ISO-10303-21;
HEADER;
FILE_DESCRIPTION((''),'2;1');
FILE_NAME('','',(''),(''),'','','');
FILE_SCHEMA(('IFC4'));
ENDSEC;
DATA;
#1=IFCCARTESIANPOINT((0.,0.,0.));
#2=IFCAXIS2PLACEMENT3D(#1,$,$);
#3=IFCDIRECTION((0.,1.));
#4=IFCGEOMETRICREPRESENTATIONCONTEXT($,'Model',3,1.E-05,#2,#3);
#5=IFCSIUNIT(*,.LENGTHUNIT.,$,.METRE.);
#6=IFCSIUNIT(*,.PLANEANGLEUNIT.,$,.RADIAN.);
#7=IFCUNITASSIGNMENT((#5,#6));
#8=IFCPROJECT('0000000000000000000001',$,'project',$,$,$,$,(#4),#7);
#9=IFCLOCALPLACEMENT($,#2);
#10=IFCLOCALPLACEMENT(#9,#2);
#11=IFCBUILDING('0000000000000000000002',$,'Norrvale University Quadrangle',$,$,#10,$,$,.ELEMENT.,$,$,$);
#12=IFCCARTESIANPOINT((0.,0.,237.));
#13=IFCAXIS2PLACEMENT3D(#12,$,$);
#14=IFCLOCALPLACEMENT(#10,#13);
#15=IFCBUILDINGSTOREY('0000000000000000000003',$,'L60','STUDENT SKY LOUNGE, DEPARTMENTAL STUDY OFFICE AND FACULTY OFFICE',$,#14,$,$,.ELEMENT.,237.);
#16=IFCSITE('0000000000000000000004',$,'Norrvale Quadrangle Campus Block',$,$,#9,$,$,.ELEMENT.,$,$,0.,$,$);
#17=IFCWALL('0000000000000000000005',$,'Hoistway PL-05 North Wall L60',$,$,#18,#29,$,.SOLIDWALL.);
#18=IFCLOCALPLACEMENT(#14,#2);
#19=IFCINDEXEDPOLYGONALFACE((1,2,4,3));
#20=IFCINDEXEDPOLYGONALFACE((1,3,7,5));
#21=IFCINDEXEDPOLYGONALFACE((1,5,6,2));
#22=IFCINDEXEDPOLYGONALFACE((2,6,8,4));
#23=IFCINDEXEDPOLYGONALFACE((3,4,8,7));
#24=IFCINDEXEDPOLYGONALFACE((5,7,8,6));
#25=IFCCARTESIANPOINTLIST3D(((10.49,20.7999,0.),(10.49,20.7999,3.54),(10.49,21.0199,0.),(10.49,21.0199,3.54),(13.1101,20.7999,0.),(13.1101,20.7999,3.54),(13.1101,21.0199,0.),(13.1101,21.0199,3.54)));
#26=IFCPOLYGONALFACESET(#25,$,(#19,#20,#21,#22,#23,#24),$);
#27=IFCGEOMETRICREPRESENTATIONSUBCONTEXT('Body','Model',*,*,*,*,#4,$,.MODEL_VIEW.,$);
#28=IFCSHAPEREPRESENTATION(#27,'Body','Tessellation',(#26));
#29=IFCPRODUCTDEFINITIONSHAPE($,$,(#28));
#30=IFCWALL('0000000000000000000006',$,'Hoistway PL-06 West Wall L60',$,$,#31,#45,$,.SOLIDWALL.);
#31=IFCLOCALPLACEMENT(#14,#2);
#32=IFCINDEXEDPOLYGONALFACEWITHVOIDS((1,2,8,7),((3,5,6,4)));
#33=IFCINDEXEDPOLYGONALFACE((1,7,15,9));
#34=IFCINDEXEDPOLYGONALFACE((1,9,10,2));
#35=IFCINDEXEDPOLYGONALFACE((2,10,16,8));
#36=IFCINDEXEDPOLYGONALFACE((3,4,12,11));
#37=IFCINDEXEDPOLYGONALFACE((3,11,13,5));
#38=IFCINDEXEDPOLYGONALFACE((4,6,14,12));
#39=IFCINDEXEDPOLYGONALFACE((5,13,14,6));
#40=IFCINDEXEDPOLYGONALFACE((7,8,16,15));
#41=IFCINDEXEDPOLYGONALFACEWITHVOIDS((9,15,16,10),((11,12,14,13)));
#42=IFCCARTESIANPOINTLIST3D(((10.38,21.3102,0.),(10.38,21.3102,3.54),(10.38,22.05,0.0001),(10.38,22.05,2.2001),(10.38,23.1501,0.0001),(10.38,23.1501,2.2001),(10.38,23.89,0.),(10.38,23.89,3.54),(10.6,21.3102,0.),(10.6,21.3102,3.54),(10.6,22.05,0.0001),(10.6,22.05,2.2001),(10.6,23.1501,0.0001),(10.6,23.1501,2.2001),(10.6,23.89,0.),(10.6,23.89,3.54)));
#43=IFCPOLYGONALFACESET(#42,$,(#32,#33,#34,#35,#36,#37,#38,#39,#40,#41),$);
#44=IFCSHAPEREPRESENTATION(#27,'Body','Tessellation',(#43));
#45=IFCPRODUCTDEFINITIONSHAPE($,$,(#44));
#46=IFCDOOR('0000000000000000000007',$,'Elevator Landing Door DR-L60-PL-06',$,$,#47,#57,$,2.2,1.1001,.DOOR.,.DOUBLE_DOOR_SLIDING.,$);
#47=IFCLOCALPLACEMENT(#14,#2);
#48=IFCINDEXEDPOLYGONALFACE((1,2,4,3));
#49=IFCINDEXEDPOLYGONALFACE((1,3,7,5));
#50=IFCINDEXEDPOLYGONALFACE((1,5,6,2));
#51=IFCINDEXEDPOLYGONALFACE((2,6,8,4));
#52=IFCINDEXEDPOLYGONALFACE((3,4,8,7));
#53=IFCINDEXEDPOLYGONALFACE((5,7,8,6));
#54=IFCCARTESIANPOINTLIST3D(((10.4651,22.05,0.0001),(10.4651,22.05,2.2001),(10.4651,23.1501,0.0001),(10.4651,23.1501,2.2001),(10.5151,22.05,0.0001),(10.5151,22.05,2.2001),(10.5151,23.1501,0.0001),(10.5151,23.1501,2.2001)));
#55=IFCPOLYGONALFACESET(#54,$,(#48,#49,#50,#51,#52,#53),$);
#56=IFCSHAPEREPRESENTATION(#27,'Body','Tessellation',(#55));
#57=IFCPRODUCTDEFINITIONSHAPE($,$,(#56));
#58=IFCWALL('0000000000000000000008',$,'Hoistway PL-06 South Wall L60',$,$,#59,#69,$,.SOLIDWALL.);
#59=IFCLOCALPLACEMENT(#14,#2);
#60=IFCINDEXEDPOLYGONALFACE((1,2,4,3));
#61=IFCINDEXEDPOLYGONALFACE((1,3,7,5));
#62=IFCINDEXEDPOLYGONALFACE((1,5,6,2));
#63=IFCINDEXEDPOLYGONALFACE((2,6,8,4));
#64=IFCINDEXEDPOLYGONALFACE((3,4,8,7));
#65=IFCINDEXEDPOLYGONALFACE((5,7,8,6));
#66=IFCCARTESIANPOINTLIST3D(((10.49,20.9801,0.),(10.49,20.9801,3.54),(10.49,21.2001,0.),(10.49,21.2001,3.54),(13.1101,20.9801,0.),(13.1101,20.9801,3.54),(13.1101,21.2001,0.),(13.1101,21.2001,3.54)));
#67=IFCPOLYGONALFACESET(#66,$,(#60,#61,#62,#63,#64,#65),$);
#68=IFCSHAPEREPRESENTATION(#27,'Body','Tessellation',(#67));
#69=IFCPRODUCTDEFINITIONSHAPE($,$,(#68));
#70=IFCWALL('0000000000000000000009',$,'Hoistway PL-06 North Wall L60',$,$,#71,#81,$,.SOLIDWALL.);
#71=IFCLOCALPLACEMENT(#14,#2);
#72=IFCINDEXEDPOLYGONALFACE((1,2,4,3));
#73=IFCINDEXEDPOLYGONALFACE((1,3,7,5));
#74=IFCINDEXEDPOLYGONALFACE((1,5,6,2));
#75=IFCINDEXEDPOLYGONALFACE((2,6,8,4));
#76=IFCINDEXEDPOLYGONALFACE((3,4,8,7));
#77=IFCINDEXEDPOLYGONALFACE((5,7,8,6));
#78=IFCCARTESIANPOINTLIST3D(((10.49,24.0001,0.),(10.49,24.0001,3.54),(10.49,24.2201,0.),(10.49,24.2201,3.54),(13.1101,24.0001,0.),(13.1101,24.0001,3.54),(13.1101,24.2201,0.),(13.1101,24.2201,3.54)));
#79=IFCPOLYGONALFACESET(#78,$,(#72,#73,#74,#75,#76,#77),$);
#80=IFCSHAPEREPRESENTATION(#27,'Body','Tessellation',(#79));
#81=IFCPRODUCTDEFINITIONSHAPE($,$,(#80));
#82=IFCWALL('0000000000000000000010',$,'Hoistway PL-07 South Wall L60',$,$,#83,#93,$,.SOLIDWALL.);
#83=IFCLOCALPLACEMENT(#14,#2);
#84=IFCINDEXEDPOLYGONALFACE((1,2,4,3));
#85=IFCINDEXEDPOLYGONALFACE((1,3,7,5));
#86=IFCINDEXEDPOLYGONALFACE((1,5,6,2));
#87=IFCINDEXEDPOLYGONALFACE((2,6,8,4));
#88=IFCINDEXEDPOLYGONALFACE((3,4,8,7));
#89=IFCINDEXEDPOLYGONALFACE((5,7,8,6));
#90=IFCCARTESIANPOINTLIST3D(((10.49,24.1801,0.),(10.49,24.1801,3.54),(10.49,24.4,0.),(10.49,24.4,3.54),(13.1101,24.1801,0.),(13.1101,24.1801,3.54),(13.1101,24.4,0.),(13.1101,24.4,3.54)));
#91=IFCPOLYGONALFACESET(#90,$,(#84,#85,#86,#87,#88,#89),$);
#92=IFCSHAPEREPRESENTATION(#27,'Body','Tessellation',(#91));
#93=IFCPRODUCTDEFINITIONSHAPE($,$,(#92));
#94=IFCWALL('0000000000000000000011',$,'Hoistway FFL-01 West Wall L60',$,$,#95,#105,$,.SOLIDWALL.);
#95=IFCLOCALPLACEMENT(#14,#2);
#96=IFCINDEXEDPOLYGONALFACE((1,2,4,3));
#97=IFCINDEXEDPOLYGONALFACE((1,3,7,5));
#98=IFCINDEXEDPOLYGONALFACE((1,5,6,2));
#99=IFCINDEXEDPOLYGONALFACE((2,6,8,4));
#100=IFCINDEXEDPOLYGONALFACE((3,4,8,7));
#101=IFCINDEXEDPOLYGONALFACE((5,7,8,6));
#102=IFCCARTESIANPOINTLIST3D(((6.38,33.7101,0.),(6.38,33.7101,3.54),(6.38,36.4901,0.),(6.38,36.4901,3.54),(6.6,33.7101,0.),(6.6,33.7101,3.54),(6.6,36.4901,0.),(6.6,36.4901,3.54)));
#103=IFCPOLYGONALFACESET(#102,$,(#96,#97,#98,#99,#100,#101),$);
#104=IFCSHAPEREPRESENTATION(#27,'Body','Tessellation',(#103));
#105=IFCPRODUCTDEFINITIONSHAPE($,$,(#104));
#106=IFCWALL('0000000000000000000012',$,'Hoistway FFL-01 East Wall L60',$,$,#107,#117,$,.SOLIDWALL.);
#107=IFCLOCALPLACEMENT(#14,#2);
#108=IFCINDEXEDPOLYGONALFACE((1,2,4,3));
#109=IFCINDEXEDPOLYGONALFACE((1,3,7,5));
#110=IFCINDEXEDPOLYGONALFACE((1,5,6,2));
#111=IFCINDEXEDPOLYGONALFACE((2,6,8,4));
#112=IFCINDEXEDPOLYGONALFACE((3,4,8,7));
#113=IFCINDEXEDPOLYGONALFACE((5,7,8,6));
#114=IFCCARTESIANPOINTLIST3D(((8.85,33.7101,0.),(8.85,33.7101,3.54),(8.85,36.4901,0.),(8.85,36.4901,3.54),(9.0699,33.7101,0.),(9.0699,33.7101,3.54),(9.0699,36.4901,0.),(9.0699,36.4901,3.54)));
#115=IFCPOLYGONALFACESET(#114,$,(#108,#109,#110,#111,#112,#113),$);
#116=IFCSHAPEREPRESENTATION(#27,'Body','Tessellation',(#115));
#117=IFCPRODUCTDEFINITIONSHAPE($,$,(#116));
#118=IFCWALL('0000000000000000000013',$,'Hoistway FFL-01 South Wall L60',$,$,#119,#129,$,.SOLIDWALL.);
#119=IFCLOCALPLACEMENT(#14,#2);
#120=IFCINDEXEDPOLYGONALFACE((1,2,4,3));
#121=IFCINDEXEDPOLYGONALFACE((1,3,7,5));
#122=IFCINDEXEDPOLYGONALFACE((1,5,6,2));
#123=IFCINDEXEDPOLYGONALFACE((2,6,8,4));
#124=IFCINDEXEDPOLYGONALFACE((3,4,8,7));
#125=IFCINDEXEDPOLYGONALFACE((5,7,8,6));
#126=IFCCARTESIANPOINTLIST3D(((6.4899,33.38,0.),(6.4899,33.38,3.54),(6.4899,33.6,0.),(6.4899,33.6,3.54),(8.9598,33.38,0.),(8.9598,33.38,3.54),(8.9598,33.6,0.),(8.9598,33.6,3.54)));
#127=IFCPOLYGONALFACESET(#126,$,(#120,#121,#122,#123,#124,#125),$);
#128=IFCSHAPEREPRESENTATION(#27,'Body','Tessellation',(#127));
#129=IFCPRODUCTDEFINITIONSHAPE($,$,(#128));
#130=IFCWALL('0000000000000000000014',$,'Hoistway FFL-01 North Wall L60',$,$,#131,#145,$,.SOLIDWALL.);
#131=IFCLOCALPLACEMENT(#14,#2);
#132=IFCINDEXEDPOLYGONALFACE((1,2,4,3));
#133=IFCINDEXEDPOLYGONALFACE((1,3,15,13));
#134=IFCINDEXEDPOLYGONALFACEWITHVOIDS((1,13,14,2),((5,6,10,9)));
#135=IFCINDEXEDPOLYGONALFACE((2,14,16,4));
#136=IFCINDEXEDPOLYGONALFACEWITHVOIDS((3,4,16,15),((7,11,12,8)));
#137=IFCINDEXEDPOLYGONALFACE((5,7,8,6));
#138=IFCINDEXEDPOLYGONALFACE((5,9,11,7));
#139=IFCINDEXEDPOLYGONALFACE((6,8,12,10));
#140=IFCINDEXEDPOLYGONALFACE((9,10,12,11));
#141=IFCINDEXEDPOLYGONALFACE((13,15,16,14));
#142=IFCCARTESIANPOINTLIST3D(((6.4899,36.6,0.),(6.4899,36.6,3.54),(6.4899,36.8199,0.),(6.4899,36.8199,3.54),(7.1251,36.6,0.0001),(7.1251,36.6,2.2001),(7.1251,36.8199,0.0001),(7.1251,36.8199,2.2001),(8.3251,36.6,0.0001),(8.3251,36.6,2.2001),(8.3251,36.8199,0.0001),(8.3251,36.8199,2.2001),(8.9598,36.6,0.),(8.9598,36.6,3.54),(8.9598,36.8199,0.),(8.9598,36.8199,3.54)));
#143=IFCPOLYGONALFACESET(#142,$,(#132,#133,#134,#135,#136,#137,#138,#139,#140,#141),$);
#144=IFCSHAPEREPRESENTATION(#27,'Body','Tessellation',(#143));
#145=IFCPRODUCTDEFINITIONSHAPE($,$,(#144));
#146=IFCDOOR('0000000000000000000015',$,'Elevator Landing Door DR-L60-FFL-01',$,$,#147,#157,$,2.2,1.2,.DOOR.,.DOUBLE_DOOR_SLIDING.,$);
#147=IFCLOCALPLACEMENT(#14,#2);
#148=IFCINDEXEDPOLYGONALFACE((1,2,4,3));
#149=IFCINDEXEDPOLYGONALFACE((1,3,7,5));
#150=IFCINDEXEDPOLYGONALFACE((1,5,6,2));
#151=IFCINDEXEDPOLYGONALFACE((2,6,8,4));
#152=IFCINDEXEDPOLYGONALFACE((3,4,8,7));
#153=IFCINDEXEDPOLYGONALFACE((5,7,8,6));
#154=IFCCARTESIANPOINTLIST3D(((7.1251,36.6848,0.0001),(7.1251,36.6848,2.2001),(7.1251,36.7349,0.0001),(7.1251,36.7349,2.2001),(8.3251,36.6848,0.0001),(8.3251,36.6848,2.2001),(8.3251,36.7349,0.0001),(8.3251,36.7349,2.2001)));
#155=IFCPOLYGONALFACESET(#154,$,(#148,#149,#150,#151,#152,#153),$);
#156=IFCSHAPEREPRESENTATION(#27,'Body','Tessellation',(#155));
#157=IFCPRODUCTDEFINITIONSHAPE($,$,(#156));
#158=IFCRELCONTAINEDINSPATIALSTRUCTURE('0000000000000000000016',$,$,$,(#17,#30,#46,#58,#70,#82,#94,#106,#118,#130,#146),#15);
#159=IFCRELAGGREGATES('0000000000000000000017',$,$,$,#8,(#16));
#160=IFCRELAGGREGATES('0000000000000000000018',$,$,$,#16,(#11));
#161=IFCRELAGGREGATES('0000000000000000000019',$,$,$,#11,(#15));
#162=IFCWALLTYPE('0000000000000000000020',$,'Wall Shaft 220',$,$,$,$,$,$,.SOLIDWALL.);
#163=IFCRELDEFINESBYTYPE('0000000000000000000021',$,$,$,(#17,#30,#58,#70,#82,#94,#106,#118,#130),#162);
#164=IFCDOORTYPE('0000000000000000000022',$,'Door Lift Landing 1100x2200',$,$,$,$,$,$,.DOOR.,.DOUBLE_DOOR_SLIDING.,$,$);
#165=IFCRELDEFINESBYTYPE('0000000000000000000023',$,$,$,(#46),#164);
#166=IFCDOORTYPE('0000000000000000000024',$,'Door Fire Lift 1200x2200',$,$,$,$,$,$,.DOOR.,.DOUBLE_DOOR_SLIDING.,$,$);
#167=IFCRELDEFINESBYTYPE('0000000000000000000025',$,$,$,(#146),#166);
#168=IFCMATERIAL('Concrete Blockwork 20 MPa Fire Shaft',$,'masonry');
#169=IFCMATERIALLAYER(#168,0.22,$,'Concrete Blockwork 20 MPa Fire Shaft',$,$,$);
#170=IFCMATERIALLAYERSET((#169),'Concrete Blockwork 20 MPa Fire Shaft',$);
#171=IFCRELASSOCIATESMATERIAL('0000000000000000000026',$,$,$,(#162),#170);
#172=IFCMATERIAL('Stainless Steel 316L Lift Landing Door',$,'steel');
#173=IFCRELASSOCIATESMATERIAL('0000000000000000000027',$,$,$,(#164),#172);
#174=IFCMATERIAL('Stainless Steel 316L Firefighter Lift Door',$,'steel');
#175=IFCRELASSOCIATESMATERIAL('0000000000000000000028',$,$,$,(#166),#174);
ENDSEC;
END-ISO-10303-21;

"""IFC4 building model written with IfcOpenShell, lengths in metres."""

from ifc_helpers import new_model, si_unit, direction, frame, frame_2d, origin, place, context, subcontext, project, spatial, rectangle, extrude, material, layer, layer_set, type_object, element, fill, save


model = new_model("IFC4")

# Units and contexts
model_context = context("Model", 3, precision=1e-05, world=origin(), true_north=direction((0.0, 1.0)))
body_context = subcontext(model_context, "Body", "Model", "MODEL_VIEW")
ifc_project = project(units=[si_unit("LENGTHUNIT", "METRE"), si_unit("PLANEANGLEUNIT", "RADIAN")], contexts=[model_context])

# Site, building, storey
site_placement = place(None, origin())
site = spatial("IfcSite", under=ifc_project, at=site_placement, Name="Norrvale Quadrangle Campus Block", CompositionType="ELEMENT", RefElevation=0.0)
building_placement = place(site_placement, origin())
building = spatial("IfcBuilding", under=site, at=building_placement, Name="Norrvale University Quadrangle", CompositionType="ELEMENT")
storey_placement = place(building_placement, frame((0.0, 0.0, 237.0)))
storey = spatial("IfcBuildingStorey", under=building, at=storey_placement, Name="L60", Description="STUDENT SKY LOUNGE, DEPARTMENTAL STUDY OFFICE AND FACULTY OFFICE", CompositionType="ELEMENT", Elevation=237.0)

# Wall
ifc_material_1 = material(Name="Concrete Blockwork 20 MPa Fire Shaft", Category="masonry")
ifc_layer_1 = layer(ifc_material_1, 0.22, Name="Concrete Blockwork 20 MPa Fire Shaft")
ifc_layer_set_1 = layer_set([ifc_layer_1], Name="Concrete Blockwork 20 MPa Fire Shaft")
wall_type_1 = type_object("IfcWallType", Name="Wall Shaft 220", PredefinedType="SOLIDWALL", material=ifc_layer_set_1)
wall_1_placement = place(storey_placement, frame((10.49, 20.9099, 0.0), z_axis=(0.0, 0.0, 1.0), x_axis=(1.0, 0.0, 0.0)))
element("IfcWall", 1, at=wall_1_placement, inside=storey, type_object=wall_type_1, Name="Hoistway PL-05 North Wall L60", PredefinedType="SOLIDWALL", context=body_context, shape_type="SweptSolid", body=[
    extrude(rectangle(XDim=2.6201, YDim=0.22, at=frame_2d((1.3101, 0.0))), origin(), (0.0, 0.0, 1.0), 3.54),
])

# Wall, opening, door
wall_2_placement = place(storey_placement, frame((10.49, 21.3101, 0.0), z_axis=(0.0, 0.0, 1.0), x_axis=(0.0, 1.0, 0.0)))
wall_2 = element("IfcWall", 2, at=wall_2_placement, inside=storey, type_object=wall_type_1, Name="Hoistway PL-06 West Wall L60", PredefinedType="SOLIDWALL", context=body_context, shape_type="SweptSolid", body=[
    extrude(rectangle(XDim=2.5798, YDim=0.22, at=frame_2d((1.29, 0.0))), origin(), (0.0, 0.0, 1.0), 3.54),
])
opening_1_placement = place(wall_2_placement, frame((0.74, 0.0, 0.0)))
opening_1 = element("IfcOpeningElement", 3, at=opening_1_placement, cuts=wall_2, PredefinedType="OPENING", context=body_context, shape_type="SweptSolid", body=[
    extrude(rectangle(XDim=1.1001, YDim=2.2, at=frame_2d((0.55, 1.1001))), frame((0.0, 0.1221, 0.0), z_axis=(0.0, -1.0, 0.0), x_axis=(1.0, 0.0, 0.0)), (0.0, 0.0, 1.0), 0.2439),
])
ifc_material_2 = material(Name="Stainless Steel 316L Lift Landing Door", Category="steel")
door_type_1 = type_object("IfcDoorType", Name="Door Lift Landing 1100x2200", OperationType="DOUBLE_DOOR_SLIDING", PredefinedType="DOOR", material=ifc_material_2)
door_1_placement = place(opening_1_placement, origin())
door_1 = element("IfcDoor", 4, at=door_1_placement, inside=storey, type_object=door_type_1, Name="Elevator Landing Door DR-L60-PL-06", OperationType="DOUBLE_DOOR_SLIDING", OverallHeight=2.2, OverallWidth=1.1001, PredefinedType="DOOR", context=body_context, shape_type="SweptSolid", body=[
    extrude(rectangle(XDim=1.1001, YDim=2.2, at=frame_2d((0.55, 1.1001))), frame((0.0, 0.0249, 0.0), z_axis=(0.0, -1.0, 0.0), x_axis=(1.0, 0.0, 0.0)), (0.0, 0.0, 1.0), 0.05),
])
fill(opening_1, door_1)

# Walls
for number, where, z_axis, x_axis, name in (
    (5, (10.49, 21.0901, 0.0), (0.0, 0.0, 1.0), (1.0, 0.0, 0.0), "Hoistway PL-06 South Wall L60"),
    (6, (10.49, 24.1101, 0.0), (0.0, 0.0, 1.0), (1.0, 0.0, 0.0), "Hoistway PL-06 North Wall L60"),
    (7, (10.49, 24.29, 0.0), (0.0, 0.0, 1.0), (1.0, 0.0, 0.0), "Hoistway PL-07 South Wall L60"),
):
    element("IfcWall", number, at=place(storey_placement, frame(where, z_axis=z_axis, x_axis=x_axis)), inside=storey, type_object=wall_type_1, Name=name, PredefinedType="SOLIDWALL", context=body_context, shape_type="SweptSolid", body=[
        extrude(rectangle(XDim=2.6201, YDim=0.22, at=frame_2d((1.3101, 0.0))), origin(), (0.0, 0.0, 1.0), 3.54),
    ])
for number, where, z_axis, x_axis, name in (
    (8, (6.49, 33.71, 0.0), (0.0, 0.0, 1.0), (0.0, 1.0, 0.0), "Hoistway FFL-01 West Wall L60"),
    (9, (8.96, 33.71, 0.0), (0.0, 0.0, 1.0), (0.0, 1.0, 0.0), "Hoistway FFL-01 East Wall L60"),
):
    element("IfcWall", number, at=place(storey_placement, frame(where, z_axis=z_axis, x_axis=x_axis)), inside=storey, type_object=wall_type_1, Name=name, PredefinedType="SOLIDWALL", context=body_context, shape_type="SweptSolid", body=[
        extrude(rectangle(XDim=2.78, YDim=0.22, at=frame_2d((1.3901, 0.0))), origin(), (0.0, 0.0, 1.0), 3.54),
    ])
wall_3_placement = place(storey_placement, frame((6.49, 33.49, 0.0), z_axis=(0.0, 0.0, 1.0), x_axis=(1.0, 0.0, 0.0)))
element("IfcWall", 10, at=wall_3_placement, inside=storey, type_object=wall_type_1, Name="Hoistway FFL-01 South Wall L60", PredefinedType="SOLIDWALL", context=body_context, shape_type="SweptSolid", body=[
    extrude(rectangle(XDim=2.47, YDim=0.22, at=frame_2d((1.2349, 0.0))), origin(), (0.0, 0.0, 1.0), 3.54),
])

# Wall, opening, door
wall_4_placement = place(storey_placement, frame((6.49, 36.71, 0.0), z_axis=(0.0, 0.0, 1.0), x_axis=(1.0, 0.0, 0.0)))
wall_4 = element("IfcWall", 11, at=wall_4_placement, inside=storey, type_object=wall_type_1, Name="Hoistway FFL-01 North Wall L60", PredefinedType="SOLIDWALL", context=body_context, shape_type="SweptSolid", body=[
    extrude(rectangle(XDim=2.47, YDim=0.22, at=frame_2d((1.2349, 0.0))), origin(), (0.0, 0.0, 1.0), 3.54),
])
opening_2_placement = place(wall_4_placement, frame((0.635, 0.0, 0.0)))
opening_2 = element("IfcOpeningElement", 12, at=opening_2_placement, cuts=wall_4, PredefinedType="OPENING", context=body_context, shape_type="SweptSolid", body=[
    extrude(rectangle(XDim=1.2, YDim=2.2, at=frame_2d((0.6001, 1.1001))), frame((0.0, 0.1221, 0.0), z_axis=(0.0, -1.0, 0.0), x_axis=(1.0, 0.0, 0.0)), (0.0, 0.0, 1.0), 0.2439),
])
ifc_material_3 = material(Name="Stainless Steel 316L Firefighter Lift Door", Category="steel")
door_type_2 = type_object("IfcDoorType", Name="Door Fire Lift 1200x2200", OperationType="DOUBLE_DOOR_SLIDING", PredefinedType="DOOR", material=ifc_material_3)
door_2_placement = place(opening_2_placement, origin())
door_2 = element("IfcDoor", 13, at=door_2_placement, inside=storey, type_object=door_type_2, Name="Elevator Landing Door DR-L60-FFL-01", OperationType="DOUBLE_DOOR_SLIDING", OverallHeight=2.2, OverallWidth=1.2, PredefinedType="DOOR", context=body_context, shape_type="SweptSolid", body=[
    extrude(rectangle(XDim=1.2, YDim=2.2, at=frame_2d((0.6001, 1.1001))), frame((0.0, 0.0249, 0.0), z_axis=(0.0, -1.0, 0.0), x_axis=(1.0, 0.0, 0.0)), (0.0, 0.0, 1.0), 0.05),
])
fill(opening_2, door_2)

save(model, "model.ifc")
